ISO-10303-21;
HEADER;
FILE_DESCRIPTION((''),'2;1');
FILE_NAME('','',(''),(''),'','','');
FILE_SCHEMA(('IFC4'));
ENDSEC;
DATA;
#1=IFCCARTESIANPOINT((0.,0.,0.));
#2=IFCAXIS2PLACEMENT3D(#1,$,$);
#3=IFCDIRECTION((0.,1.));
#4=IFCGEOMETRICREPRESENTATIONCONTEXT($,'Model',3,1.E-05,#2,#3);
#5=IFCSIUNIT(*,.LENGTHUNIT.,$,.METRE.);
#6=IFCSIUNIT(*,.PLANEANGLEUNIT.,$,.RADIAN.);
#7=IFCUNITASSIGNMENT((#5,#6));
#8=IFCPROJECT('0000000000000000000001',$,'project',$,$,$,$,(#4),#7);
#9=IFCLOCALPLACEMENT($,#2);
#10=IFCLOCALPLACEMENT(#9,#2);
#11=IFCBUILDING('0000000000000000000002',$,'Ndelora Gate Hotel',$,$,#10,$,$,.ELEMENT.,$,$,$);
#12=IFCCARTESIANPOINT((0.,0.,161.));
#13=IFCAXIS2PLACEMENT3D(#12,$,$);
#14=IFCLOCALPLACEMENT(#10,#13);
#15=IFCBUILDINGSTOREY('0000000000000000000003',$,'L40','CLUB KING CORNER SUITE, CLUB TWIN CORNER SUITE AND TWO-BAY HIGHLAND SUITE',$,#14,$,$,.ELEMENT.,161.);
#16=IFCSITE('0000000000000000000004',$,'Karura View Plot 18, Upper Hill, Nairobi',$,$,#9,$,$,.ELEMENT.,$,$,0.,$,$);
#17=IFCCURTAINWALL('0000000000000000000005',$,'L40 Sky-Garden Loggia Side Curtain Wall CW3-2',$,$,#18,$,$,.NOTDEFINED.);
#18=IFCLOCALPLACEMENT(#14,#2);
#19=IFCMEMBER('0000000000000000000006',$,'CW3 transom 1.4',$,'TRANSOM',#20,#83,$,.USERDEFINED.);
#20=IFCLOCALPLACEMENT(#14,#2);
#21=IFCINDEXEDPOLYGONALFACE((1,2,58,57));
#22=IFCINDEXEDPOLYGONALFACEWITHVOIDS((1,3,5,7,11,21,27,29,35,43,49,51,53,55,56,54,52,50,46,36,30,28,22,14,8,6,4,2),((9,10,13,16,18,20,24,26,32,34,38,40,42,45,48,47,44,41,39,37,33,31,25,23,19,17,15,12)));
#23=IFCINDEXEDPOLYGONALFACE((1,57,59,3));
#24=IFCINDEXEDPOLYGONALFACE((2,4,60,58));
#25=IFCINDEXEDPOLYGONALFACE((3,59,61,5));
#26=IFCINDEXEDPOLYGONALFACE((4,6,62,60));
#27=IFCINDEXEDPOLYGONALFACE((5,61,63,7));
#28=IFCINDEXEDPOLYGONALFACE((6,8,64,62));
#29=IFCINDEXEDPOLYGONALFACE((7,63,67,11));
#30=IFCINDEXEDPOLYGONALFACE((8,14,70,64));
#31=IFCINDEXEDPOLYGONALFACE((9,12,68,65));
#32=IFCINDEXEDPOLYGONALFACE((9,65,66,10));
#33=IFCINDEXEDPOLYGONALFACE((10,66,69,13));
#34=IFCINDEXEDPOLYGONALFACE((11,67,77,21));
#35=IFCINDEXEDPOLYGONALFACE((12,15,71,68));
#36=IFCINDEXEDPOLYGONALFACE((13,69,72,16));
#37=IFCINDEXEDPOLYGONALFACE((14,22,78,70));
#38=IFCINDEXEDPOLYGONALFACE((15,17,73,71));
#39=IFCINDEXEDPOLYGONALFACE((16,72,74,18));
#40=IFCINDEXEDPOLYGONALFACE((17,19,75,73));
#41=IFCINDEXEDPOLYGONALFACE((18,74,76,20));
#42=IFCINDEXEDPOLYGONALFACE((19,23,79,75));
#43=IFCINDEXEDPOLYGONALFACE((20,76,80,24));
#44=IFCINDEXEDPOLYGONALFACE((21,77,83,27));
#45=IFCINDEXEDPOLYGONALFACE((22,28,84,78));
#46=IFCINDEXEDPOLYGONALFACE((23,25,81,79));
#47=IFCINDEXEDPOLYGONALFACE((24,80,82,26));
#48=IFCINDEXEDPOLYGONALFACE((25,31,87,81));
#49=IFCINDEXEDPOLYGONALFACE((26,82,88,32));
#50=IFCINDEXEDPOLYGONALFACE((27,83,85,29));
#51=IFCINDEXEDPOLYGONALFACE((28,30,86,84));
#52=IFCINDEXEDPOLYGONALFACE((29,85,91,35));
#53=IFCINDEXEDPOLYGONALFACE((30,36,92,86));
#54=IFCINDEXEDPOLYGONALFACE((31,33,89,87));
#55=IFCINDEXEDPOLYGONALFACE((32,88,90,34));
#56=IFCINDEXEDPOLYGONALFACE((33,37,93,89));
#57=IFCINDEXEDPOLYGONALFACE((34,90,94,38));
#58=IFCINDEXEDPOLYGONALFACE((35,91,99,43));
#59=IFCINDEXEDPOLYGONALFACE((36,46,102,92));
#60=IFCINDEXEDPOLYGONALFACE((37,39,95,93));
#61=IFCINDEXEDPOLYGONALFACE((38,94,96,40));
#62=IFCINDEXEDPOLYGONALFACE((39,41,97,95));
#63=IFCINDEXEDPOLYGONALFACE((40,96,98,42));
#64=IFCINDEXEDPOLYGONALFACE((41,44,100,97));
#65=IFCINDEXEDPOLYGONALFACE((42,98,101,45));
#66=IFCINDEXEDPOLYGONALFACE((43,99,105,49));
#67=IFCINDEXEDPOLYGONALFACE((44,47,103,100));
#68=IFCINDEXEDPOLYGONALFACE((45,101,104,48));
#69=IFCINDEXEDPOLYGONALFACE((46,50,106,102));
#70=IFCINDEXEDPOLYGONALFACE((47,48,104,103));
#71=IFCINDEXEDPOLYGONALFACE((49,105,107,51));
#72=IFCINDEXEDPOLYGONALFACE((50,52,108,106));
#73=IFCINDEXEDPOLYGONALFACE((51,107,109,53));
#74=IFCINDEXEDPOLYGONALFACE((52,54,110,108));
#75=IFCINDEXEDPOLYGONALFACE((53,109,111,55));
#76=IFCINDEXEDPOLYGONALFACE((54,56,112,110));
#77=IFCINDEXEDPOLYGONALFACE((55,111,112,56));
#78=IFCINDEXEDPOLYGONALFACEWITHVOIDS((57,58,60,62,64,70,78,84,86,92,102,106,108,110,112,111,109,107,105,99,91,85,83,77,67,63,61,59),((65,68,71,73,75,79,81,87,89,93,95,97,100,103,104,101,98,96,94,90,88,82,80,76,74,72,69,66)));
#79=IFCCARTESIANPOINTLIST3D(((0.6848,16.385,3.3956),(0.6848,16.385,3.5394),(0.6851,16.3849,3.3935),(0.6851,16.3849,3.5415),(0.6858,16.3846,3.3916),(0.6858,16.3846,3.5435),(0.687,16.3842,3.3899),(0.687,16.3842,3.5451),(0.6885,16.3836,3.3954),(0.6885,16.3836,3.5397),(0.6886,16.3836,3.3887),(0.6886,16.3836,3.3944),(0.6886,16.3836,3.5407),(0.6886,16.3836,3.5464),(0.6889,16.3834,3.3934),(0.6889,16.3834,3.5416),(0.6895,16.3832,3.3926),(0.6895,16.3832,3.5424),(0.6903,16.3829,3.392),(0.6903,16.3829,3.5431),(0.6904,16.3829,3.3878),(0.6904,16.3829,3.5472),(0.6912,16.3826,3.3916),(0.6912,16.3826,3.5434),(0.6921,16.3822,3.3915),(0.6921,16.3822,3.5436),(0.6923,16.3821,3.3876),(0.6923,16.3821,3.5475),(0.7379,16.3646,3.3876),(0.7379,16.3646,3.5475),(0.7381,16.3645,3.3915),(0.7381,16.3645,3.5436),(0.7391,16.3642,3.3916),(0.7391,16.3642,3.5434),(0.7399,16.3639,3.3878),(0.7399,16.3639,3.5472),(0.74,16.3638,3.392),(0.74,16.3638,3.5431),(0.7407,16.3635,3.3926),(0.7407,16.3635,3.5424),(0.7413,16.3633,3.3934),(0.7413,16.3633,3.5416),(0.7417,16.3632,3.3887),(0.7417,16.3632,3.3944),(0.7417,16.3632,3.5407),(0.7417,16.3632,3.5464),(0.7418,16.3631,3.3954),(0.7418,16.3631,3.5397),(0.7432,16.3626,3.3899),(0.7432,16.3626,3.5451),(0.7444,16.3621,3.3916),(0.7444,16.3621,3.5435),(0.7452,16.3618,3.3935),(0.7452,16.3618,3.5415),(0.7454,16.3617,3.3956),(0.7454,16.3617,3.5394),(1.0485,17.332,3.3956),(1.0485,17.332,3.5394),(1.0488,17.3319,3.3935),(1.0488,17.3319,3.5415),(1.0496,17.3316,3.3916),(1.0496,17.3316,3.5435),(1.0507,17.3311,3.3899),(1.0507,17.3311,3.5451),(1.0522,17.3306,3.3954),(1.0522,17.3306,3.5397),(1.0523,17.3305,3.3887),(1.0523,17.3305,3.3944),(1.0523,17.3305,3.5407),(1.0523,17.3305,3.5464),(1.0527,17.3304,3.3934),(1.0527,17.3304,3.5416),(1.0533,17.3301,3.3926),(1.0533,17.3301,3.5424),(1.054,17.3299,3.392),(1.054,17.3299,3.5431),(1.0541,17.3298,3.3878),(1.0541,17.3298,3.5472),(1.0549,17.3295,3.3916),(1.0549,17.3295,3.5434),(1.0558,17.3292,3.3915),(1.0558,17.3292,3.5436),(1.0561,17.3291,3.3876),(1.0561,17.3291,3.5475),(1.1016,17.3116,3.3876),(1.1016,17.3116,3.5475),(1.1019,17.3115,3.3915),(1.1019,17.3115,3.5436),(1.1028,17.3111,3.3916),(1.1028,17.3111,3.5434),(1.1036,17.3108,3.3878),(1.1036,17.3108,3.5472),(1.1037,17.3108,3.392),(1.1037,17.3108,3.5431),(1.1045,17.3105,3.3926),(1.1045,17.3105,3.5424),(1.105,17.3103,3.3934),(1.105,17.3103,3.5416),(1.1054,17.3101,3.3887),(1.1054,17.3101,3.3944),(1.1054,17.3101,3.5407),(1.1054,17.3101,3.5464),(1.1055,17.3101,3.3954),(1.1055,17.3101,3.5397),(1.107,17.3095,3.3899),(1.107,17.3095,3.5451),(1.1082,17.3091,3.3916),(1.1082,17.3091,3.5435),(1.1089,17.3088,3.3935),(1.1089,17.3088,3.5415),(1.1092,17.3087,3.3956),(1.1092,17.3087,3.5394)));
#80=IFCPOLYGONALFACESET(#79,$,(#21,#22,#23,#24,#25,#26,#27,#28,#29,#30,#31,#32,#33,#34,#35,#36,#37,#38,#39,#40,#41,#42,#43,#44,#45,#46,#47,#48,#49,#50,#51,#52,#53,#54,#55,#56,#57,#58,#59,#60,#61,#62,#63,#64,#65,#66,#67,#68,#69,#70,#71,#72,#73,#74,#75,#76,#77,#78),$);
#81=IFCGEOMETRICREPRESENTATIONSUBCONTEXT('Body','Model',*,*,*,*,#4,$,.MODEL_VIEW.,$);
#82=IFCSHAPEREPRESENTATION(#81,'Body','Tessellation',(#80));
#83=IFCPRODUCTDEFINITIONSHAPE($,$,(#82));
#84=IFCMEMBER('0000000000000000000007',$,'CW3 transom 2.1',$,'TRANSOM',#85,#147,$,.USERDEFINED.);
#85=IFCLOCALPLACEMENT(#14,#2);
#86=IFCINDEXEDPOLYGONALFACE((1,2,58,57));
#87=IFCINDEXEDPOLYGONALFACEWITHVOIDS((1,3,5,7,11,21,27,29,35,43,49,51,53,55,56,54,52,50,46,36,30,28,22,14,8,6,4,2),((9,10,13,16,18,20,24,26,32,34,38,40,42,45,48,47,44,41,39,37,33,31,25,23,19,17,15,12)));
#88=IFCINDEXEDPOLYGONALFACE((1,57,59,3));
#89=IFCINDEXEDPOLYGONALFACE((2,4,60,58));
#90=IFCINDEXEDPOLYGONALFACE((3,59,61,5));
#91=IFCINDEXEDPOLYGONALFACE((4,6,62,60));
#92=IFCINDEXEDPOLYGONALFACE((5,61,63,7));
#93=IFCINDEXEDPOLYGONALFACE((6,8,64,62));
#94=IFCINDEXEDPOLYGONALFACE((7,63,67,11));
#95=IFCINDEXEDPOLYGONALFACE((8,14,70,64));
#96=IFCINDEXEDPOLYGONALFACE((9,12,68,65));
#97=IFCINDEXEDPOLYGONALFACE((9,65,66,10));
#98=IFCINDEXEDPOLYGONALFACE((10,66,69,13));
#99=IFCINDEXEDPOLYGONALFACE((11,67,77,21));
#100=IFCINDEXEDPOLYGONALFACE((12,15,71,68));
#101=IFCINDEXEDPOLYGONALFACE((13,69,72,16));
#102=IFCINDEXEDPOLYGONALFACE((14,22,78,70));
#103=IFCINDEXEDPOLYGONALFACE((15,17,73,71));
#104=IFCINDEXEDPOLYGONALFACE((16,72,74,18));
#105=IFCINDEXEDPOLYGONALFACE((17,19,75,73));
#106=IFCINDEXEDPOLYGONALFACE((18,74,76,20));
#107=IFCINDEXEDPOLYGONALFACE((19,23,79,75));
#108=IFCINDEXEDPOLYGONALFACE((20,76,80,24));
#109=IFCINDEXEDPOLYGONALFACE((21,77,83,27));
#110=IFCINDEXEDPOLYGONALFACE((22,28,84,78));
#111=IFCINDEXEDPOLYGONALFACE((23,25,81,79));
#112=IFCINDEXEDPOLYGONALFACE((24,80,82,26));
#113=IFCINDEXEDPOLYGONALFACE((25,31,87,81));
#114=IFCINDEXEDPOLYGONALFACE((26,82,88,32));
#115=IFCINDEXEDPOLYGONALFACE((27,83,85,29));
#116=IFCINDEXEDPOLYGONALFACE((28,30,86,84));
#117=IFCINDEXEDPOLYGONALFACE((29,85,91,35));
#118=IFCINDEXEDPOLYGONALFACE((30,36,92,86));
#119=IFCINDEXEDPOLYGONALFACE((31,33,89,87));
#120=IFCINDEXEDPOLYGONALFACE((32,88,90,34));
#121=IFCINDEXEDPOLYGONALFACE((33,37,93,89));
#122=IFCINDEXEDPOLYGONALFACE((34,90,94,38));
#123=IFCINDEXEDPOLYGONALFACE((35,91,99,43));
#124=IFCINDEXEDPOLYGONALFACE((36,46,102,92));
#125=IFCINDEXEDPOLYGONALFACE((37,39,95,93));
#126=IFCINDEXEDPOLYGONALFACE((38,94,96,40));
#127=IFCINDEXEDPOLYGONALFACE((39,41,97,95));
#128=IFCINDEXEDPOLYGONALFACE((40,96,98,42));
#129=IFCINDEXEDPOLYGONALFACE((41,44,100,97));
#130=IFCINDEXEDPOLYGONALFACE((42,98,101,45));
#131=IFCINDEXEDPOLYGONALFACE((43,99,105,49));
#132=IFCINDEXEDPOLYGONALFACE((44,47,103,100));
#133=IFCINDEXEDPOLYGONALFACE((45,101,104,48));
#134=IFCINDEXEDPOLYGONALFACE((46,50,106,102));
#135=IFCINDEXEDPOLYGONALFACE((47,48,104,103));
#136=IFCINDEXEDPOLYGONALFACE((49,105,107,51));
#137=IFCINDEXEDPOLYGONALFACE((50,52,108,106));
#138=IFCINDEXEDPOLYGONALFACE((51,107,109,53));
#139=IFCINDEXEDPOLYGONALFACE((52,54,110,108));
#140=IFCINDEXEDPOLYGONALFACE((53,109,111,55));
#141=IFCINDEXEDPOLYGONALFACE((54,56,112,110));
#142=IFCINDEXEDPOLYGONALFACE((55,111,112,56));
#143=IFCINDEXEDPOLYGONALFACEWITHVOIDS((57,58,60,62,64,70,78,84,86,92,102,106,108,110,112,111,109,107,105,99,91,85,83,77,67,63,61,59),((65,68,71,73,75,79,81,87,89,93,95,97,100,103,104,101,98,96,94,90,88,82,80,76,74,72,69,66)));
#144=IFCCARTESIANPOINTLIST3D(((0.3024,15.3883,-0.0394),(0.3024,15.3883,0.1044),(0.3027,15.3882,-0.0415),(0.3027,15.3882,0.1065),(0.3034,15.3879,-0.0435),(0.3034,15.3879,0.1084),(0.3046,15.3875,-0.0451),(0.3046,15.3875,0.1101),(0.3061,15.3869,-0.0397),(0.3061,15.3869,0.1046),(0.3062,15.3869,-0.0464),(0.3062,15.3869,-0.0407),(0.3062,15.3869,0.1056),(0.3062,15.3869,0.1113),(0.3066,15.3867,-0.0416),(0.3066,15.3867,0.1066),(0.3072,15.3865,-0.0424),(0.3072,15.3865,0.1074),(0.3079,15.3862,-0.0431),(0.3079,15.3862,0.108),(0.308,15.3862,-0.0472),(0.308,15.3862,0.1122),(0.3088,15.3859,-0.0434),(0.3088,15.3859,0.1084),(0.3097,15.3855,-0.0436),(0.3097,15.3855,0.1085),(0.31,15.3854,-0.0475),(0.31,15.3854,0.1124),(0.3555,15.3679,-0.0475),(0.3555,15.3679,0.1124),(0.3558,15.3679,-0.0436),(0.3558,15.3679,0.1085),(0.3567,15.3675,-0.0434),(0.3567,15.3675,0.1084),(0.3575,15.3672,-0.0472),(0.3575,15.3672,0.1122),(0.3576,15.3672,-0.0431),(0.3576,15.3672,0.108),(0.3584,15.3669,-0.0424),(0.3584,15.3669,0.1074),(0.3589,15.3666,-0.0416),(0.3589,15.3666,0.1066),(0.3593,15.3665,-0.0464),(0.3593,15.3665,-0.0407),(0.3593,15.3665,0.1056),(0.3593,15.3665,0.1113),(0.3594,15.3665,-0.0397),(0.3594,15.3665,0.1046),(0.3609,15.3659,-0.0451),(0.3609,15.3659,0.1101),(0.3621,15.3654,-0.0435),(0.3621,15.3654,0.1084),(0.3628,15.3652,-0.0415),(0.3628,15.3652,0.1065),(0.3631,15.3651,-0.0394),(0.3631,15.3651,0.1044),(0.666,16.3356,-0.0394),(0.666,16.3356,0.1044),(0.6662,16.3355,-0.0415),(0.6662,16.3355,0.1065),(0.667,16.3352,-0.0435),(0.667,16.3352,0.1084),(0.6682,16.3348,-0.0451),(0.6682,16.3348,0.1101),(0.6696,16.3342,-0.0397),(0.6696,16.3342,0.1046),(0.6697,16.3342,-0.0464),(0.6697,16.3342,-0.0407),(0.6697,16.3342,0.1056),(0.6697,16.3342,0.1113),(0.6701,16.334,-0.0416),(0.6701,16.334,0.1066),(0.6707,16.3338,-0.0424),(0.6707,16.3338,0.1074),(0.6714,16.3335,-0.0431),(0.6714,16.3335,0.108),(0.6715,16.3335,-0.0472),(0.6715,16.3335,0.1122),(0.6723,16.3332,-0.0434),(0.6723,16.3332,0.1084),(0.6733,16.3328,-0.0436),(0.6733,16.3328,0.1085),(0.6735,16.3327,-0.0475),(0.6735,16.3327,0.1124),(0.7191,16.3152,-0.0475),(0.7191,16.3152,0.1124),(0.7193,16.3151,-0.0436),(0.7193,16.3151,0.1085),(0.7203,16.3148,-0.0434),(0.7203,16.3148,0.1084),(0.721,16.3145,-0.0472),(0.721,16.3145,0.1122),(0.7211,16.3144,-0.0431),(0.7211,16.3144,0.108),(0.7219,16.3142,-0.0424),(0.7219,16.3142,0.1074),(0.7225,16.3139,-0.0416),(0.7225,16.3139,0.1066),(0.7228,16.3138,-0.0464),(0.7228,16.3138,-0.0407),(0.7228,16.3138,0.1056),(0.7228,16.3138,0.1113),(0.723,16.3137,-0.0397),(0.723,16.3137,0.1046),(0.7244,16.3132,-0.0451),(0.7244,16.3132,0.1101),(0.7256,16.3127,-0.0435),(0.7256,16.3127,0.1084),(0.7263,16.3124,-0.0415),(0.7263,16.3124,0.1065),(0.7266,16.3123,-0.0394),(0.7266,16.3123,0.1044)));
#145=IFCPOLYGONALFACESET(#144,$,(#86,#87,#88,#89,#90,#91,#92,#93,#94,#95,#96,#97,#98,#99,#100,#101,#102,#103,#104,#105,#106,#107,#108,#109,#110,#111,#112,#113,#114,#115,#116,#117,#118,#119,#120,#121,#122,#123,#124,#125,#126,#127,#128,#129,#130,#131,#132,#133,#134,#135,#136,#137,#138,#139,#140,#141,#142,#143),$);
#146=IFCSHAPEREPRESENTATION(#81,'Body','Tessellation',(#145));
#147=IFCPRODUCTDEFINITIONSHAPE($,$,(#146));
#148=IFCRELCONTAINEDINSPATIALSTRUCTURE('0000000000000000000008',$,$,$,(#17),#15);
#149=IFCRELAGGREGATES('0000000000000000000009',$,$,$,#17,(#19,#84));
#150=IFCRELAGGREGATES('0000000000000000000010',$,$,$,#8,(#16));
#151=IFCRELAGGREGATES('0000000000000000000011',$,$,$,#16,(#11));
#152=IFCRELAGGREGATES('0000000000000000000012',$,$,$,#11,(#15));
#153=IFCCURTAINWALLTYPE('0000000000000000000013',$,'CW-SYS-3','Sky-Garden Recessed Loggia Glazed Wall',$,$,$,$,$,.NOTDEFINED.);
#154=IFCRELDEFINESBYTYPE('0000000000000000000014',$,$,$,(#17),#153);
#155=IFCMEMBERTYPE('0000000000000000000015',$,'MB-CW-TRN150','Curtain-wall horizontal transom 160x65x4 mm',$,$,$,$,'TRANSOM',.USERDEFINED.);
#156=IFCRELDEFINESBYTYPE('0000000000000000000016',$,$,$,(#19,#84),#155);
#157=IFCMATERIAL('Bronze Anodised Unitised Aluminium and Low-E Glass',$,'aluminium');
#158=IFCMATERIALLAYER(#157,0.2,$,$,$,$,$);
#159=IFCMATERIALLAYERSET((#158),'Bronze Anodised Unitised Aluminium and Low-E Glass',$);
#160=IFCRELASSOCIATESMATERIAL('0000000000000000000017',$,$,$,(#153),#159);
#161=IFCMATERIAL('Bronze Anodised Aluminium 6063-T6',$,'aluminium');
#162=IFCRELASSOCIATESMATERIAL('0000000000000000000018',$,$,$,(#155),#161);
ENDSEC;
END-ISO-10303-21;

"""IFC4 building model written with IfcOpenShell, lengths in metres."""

from ifc_helpers import new_model, si_unit, direction, frame, origin, origin_2d, place, context, subcontext, project, spatial, hollow_rectangle, extrude, material, layer, layer_set, material_profile, profile_set, type_object, element, aggregate, save


model = new_model("IFC4")

# Units and contexts
model_context = context("Model", 3, precision=1e-05, world=origin(), true_north=direction((0.0, 1.0)))
body_context = subcontext(model_context, "Body", "Model", "MODEL_VIEW")
ifc_project = project(units=[si_unit("LENGTHUNIT", "METRE"), si_unit("PLANEANGLEUNIT", "RADIAN")], contexts=[model_context])

# Site, building, storey
site_placement = place(None, origin())
site = spatial("IfcSite", under=ifc_project, at=site_placement, Name="Karura View Plot 18, Upper Hill, Nairobi", CompositionType="ELEMENT", RefElevation=0.0)
building_placement = place(site_placement, origin())
building = spatial("IfcBuilding", under=site, at=building_placement, Name="Ndelora Gate Hotel", CompositionType="ELEMENT")
storey_placement = place(building_placement, frame((0.0, 0.0, 161.0)))
storey = spatial("IfcBuildingStorey", under=building, at=storey_placement, Name="L40", Description="CLUB KING CORNER SUITE, CLUB TWIN CORNER SUITE AND TWO-BAY HIGHLAND SUITE", CompositionType="ELEMENT", Elevation=161.0)

# Curtain wall, members
ifc_material_1 = material(Name="Bronze Anodised Unitised Aluminium and Low-E Glass", Category="aluminium")
ifc_layer_1 = layer(ifc_material_1, 0.2)
ifc_layer_set_1 = layer_set([ifc_layer_1], Name="Bronze Anodised Unitised Aluminium and Low-E Glass")
curtain_wall_type = type_object("IfcCurtainWallType", Name="CW-SYS-3", Description="Sky-Garden Recessed Loggia Glazed Wall", PredefinedType="NOTDEFINED", material=ifc_layer_set_1)
curtain_wall_placement = place(storey_placement, origin())
curtain_wall = element("IfcCurtainWall", 1, at=curtain_wall_placement, inside=storey, type_object=curtain_wall_type, Name="L40 Sky-Garden Loggia Side Curtain Wall CW3-2", PredefinedType="NOTDEFINED")
ifc_material_2 = material(Name="Bronze Anodised Aluminium 6063-T6", Category="aluminium")
ifc_material_profile_1 = material_profile(ifc_material_2, hollow_rectangle(XDim=0.0649, YDim=0.1599, WallThickness=0.0039, InnerFilletRadius=0.0039, OuterFilletRadius=0.0081, at=origin_2d()), Name="ALU 160x65x4")
ifc_profile_set_1 = profile_set([ifc_material_profile_1], Name="Bronze Anodised Aluminium 6063-T6")
member_type_1 = type_object("IfcMemberType", Name="MB-CW-TRN150", Description="Curtain-wall horizontal transom 160x65x4 mm", ElementType="TRANSOM", PredefinedType="USERDEFINED", material=ifc_profile_set_1)
member_1_placement = place(storey_placement, frame((1.0789, 17.3203, 3.4675), z_axis=(-0.358576, -0.933501, 0.0), x_axis=(0.933501, -0.358576, 0.0)))
member_1 = element("IfcMember", 2, at=member_1_placement, type_object=member_type_1, Name="CW3 transom 1.4", ObjectType="TRANSOM", PredefinedType="USERDEFINED", context=body_context, shape_type="SweptSolid", body=[
    extrude(hollow_rectangle(XDim=0.0649, YDim=0.1599, WallThickness=0.0039, InnerFilletRadius=0.0039, OuterFilletRadius=0.0081, at=origin_2d()), origin(), (0.0, 0.0, 1.0), 1.0144),
])
member_2_placement = place(storey_placement, frame((0.6963, 16.324, 0.0325), z_axis=(-0.358286, -0.933612, 0.0), x_axis=(0.933612, -0.358286, 0.0)))
member_2 = element("IfcMember", 3, at=member_2_placement, type_object=member_type_1, Name="CW3 transom 2.1", ObjectType="TRANSOM", PredefinedType="USERDEFINED", context=body_context, shape_type="SweptSolid", body=[
    extrude(hollow_rectangle(XDim=0.0649, YDim=0.1599, WallThickness=0.0039, InnerFilletRadius=0.0039, OuterFilletRadius=0.0081, at=origin_2d()), origin(), (0.0, 0.0, 1.0), 1.0146),
])
aggregate(curtain_wall, [member_1, member_2])

save(model, "model.ifc")
